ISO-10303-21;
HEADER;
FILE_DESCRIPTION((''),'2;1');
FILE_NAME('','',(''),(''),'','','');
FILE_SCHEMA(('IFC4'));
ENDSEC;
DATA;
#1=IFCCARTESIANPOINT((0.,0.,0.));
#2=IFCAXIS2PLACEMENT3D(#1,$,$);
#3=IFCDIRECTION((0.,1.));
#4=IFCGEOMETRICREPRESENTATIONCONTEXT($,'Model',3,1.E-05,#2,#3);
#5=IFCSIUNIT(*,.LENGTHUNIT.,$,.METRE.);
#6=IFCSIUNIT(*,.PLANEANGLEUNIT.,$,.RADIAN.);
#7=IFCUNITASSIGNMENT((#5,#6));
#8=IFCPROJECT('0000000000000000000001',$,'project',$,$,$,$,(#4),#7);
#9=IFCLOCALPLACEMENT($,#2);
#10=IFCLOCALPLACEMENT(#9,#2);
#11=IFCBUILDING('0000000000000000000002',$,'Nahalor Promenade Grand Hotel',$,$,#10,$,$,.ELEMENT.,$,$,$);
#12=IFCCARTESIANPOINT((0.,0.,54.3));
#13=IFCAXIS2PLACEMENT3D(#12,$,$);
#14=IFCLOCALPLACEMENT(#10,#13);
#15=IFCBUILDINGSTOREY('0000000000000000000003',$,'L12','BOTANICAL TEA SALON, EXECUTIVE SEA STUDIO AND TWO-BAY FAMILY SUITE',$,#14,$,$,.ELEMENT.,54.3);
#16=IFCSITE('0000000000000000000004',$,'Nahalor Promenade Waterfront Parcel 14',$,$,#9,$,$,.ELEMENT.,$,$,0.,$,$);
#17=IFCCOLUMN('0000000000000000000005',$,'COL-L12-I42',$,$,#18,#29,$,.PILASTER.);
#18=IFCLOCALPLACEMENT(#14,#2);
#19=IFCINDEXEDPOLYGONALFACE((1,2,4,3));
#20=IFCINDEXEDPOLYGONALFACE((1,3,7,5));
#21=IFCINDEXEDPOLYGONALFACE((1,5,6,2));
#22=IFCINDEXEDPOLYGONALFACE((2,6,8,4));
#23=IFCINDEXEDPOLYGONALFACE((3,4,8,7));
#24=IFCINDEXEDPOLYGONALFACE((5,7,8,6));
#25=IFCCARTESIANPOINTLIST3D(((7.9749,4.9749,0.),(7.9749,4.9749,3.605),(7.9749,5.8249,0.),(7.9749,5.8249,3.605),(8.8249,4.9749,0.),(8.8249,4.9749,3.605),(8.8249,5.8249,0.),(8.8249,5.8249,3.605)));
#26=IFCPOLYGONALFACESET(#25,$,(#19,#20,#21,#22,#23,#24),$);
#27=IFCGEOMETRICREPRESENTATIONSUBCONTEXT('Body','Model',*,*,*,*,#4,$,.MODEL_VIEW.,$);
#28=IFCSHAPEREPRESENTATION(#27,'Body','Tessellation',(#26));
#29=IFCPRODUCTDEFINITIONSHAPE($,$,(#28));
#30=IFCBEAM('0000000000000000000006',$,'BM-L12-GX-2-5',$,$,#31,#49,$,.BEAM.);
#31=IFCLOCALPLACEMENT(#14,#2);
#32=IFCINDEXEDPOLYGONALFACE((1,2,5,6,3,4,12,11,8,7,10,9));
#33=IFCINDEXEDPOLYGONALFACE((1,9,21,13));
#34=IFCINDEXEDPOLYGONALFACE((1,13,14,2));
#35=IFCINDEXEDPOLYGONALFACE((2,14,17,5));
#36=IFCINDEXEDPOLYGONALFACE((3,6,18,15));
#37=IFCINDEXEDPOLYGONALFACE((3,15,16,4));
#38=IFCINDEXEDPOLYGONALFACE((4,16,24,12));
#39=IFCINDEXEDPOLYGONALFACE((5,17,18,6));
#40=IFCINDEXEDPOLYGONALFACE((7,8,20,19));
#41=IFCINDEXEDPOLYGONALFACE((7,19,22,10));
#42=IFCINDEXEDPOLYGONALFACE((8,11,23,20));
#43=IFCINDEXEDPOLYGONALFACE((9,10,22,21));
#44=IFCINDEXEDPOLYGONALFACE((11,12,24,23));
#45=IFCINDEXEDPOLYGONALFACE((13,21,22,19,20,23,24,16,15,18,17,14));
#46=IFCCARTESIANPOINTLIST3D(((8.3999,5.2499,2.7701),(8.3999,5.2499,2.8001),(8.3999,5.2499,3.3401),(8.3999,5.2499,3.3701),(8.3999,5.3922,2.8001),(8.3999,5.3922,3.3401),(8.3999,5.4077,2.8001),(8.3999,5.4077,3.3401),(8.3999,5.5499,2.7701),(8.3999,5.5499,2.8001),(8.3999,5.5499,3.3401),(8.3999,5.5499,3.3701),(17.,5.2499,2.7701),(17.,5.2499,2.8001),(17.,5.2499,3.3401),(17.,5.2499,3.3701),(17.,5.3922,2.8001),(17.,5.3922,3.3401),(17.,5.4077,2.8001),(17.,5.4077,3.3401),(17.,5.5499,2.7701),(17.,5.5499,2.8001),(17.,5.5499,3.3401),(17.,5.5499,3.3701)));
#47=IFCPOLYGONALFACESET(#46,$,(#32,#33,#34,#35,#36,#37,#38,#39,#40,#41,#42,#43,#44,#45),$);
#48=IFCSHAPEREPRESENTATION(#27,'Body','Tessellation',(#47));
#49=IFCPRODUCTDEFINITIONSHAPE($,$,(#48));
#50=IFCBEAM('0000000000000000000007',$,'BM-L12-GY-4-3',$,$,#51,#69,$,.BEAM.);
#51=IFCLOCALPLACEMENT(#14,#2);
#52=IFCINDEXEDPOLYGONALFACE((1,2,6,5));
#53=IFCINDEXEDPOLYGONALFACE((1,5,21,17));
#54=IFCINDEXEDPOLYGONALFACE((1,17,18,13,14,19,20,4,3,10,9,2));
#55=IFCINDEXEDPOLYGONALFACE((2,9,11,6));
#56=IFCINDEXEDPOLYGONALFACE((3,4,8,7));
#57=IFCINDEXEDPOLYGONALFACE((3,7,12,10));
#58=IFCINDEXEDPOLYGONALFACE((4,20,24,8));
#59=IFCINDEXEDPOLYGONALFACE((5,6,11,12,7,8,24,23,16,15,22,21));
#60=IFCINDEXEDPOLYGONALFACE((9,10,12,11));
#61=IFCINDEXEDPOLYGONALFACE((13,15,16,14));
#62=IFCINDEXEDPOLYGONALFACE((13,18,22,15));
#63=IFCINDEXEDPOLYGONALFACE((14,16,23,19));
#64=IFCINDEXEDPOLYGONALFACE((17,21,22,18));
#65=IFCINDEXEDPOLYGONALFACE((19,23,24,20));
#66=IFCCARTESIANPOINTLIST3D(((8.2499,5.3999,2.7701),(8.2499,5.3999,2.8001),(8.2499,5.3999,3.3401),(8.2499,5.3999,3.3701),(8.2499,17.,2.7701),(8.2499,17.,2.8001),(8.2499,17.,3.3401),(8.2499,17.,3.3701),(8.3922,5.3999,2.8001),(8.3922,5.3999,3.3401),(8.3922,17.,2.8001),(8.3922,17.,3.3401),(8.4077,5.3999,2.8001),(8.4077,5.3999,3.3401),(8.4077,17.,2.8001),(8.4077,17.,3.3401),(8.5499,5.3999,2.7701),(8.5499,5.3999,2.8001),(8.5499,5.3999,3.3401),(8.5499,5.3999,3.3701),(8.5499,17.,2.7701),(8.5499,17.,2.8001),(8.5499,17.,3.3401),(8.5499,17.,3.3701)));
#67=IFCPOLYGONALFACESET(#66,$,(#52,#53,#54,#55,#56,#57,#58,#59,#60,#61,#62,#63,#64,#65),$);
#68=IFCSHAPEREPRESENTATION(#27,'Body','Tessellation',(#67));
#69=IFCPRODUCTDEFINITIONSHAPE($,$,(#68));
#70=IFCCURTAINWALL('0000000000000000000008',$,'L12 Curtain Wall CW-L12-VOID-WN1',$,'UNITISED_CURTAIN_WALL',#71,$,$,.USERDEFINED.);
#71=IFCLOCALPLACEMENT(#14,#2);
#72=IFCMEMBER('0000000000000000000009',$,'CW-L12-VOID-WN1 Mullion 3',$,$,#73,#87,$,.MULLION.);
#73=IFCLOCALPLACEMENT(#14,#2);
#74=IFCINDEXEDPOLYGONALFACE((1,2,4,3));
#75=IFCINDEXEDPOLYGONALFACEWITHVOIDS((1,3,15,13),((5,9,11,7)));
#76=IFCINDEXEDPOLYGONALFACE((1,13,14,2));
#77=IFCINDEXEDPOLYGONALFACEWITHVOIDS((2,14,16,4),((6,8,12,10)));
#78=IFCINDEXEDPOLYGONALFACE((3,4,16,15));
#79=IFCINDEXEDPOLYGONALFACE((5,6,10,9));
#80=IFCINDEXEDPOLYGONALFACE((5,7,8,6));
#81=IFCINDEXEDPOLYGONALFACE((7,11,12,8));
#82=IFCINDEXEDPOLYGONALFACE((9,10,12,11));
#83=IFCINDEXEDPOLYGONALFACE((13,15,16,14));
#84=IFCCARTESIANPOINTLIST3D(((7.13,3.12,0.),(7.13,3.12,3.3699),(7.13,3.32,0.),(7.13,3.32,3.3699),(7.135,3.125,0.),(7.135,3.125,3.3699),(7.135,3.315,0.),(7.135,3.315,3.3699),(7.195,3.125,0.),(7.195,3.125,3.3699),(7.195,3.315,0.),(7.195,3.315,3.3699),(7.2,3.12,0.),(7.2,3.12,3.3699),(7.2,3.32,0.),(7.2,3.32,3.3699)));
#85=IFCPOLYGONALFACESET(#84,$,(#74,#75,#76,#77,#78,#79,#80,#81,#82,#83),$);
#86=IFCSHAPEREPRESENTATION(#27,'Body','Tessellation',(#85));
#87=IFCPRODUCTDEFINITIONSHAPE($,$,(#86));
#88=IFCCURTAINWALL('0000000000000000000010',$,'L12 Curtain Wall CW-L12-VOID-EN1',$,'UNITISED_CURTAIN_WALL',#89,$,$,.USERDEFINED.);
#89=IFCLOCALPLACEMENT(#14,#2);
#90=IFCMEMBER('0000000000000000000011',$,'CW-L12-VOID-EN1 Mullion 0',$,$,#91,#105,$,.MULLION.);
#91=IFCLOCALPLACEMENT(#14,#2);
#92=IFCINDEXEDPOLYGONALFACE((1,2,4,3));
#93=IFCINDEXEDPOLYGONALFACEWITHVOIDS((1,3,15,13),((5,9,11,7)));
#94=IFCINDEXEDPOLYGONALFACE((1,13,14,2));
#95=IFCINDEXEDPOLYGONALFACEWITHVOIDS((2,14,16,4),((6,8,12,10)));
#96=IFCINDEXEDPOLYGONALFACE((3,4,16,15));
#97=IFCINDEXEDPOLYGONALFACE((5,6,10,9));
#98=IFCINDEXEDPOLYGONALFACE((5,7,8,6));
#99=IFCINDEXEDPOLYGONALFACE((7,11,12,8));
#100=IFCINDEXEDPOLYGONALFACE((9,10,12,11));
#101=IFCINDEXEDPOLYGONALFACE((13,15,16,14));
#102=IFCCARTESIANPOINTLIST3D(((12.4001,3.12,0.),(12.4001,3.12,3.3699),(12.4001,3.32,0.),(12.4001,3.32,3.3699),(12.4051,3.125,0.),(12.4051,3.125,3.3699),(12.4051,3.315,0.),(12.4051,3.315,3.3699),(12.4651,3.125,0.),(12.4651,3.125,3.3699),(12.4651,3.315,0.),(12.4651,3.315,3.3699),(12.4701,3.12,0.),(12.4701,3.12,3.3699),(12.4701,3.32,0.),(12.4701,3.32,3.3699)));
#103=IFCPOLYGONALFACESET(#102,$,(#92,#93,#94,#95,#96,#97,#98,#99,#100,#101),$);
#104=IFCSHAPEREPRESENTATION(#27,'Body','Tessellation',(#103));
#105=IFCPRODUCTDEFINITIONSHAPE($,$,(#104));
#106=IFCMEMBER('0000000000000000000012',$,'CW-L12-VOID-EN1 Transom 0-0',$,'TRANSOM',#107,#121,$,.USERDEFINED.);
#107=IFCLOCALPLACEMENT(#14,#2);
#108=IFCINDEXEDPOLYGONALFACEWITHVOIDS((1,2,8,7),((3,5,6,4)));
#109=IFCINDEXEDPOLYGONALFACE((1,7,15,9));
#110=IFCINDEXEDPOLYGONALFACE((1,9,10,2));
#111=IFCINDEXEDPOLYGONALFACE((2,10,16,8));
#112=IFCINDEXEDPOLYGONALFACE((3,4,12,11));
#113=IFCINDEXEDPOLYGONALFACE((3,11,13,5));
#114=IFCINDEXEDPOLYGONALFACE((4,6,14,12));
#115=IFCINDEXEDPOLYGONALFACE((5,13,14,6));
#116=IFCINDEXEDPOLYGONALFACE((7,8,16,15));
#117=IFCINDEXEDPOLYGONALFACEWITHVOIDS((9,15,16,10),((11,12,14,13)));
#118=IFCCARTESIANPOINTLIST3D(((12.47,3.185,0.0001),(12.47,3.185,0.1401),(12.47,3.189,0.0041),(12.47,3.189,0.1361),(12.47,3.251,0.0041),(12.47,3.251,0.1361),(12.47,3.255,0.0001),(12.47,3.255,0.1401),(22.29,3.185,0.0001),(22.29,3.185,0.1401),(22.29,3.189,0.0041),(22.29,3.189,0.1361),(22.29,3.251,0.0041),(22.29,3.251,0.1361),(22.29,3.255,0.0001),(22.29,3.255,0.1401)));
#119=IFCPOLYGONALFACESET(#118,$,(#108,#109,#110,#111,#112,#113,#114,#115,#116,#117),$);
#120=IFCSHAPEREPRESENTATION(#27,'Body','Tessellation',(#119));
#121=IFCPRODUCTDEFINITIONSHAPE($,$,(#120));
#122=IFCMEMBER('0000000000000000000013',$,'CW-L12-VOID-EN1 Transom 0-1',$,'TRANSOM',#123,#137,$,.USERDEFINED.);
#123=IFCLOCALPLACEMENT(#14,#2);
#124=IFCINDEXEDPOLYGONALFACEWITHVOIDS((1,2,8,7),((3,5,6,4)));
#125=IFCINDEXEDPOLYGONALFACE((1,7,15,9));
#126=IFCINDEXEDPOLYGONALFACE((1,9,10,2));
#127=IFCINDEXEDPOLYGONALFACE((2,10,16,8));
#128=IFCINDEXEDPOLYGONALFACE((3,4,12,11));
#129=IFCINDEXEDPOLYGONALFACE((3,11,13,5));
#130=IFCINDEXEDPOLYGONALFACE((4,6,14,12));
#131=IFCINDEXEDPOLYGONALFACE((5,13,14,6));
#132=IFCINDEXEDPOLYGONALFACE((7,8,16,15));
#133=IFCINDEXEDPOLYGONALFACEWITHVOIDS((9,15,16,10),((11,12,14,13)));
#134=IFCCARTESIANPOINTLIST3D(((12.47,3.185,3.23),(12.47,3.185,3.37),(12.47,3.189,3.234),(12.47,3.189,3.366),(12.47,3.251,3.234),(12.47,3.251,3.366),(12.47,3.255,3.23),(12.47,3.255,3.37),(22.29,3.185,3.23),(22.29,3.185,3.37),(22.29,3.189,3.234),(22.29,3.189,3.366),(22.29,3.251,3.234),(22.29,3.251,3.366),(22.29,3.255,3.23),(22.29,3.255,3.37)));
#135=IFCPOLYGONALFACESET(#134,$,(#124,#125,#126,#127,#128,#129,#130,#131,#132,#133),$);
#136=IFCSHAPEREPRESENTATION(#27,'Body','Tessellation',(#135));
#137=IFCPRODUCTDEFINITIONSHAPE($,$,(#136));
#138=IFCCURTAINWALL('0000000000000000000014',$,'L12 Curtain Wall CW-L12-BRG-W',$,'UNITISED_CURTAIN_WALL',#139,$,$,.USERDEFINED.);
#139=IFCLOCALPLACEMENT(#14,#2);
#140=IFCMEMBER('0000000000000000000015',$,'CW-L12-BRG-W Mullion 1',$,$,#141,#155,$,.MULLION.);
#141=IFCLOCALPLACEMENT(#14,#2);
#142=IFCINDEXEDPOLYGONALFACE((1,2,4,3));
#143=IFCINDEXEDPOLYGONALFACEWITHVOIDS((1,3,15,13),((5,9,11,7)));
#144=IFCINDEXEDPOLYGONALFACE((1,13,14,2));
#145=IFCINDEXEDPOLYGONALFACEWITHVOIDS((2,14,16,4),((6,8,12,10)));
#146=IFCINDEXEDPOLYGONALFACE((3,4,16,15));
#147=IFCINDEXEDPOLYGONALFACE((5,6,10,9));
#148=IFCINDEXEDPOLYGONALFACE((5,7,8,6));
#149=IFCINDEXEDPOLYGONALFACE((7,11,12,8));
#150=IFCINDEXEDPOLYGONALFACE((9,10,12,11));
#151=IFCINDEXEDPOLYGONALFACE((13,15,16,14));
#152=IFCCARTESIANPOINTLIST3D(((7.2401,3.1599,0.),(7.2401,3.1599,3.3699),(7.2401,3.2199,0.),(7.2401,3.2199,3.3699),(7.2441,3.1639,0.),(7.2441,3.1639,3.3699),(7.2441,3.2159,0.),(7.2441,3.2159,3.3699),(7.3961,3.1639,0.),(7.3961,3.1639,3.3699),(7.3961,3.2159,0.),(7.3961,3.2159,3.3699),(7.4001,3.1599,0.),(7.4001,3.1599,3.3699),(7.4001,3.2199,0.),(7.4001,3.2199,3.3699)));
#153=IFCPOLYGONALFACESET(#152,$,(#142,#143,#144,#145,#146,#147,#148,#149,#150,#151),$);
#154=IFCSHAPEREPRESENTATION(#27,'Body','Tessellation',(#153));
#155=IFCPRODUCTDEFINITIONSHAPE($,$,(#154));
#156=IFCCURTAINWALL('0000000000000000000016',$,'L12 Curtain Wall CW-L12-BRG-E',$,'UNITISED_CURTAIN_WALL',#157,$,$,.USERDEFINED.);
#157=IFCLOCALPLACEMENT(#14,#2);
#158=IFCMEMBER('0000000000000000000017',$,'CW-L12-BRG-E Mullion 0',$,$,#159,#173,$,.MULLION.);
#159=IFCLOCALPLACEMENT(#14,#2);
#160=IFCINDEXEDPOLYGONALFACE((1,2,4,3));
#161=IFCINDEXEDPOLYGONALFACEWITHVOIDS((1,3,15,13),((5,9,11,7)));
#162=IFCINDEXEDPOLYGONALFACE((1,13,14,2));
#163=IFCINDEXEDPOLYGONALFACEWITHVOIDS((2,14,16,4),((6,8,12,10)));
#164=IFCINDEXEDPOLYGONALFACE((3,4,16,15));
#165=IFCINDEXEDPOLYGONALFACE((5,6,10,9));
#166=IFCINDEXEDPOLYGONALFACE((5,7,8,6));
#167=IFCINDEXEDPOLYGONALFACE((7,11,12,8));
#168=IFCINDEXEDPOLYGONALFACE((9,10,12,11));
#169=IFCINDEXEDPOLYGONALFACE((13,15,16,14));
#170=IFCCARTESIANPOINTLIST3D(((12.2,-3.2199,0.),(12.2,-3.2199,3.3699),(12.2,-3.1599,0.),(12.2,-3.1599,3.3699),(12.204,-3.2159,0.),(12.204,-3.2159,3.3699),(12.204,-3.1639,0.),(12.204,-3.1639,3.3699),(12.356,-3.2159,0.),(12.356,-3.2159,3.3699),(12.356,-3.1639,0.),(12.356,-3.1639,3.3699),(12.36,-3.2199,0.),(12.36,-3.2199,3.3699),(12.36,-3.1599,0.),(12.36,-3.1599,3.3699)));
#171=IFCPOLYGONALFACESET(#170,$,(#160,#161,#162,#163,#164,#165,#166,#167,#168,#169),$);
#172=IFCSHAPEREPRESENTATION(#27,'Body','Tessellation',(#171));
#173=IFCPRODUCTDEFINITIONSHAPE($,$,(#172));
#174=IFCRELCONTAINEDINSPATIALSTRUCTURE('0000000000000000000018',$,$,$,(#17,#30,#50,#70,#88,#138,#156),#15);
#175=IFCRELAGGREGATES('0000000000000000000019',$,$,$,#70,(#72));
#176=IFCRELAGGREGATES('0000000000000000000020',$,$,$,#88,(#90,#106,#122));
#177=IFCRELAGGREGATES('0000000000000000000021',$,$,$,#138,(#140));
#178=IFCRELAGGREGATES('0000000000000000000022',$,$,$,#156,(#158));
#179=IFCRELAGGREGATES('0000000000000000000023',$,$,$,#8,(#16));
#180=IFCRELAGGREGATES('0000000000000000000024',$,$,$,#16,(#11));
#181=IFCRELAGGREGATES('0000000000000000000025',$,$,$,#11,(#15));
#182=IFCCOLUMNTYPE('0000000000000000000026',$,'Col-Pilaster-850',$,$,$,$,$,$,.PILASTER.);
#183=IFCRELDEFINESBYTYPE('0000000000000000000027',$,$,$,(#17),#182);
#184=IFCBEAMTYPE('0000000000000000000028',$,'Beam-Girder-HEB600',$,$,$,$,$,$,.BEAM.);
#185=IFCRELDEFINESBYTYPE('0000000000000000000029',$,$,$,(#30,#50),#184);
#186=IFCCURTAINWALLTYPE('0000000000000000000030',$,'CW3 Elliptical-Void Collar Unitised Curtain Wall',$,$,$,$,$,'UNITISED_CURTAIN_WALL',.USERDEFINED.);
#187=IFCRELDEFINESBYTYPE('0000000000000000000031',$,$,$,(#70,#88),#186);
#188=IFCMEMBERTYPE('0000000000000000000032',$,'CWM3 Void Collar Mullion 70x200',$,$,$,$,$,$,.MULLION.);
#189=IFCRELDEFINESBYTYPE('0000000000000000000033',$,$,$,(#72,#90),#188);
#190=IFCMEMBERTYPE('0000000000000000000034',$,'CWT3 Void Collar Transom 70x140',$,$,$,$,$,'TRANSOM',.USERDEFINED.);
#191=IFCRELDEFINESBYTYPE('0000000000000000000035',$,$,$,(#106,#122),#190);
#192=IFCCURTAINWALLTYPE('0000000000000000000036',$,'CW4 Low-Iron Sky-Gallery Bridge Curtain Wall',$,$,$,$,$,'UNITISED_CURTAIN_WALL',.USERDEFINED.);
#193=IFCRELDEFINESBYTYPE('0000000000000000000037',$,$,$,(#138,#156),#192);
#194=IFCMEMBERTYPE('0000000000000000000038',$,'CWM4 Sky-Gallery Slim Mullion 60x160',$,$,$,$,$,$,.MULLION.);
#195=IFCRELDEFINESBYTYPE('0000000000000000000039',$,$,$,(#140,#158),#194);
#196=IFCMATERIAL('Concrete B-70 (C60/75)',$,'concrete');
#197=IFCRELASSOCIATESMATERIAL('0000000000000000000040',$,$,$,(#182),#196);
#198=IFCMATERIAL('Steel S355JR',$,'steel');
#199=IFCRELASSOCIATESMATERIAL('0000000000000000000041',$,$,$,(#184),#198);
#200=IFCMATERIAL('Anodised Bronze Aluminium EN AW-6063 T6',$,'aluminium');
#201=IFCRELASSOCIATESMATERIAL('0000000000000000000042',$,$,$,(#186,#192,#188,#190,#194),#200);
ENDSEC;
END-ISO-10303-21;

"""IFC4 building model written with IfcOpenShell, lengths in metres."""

from ifc_helpers import new_model, si_unit, direction, frame, origin, origin_2d, place, context, subcontext, project, spatial, rectangle, hollow_rectangle, i_section, extrude, source, transform, mapped, material, material_profile, profile_set, type_object, element, aggregate, save


model = new_model("IFC4")

# Units and contexts
model_context = context("Model", 3, precision=1e-05, world=origin(), true_north=direction((0.0, 1.0)))
body_context = subcontext(model_context, "Body", "Model", "MODEL_VIEW")
ifc_project = project(units=[si_unit("LENGTHUNIT", "METRE"), si_unit("PLANEANGLEUNIT", "RADIAN")], contexts=[model_context])

# Site, building, storey
site_placement = place(None, origin())
site = spatial("IfcSite", under=ifc_project, at=site_placement, Name="Nahalor Promenade Waterfront Parcel 14", CompositionType="ELEMENT", RefElevation=0.0)
building_placement = place(site_placement, origin())
building = spatial("IfcBuilding", under=site, at=building_placement, Name="Nahalor Promenade Grand Hotel", CompositionType="ELEMENT")
storey_placement = place(building_placement, frame((0.0, 0.0, 54.3)))
storey = spatial("IfcBuildingStorey", under=building, at=storey_placement, Name="L12", Description="BOTANICAL TEA SALON, EXECUTIVE SEA STUDIO AND TWO-BAY FAMILY SUITE", CompositionType="ELEMENT", Elevation=54.3)

# Column
ifc_material_1 = material(Name="Concrete B-70 (C60/75)", Category="concrete")
ifc_material_profile_1 = material_profile(ifc_material_1, rectangle(XDim=0.85, YDim=0.85, at=origin_2d()), Name="RC 850x850")
ifc_profile_set_1 = profile_set([ifc_material_profile_1], Name="Concrete B-70 (C60/75)")
column_type = type_object("IfcColumnType", Name="Col-Pilaster-850", PredefinedType="PILASTER", material=ifc_profile_set_1)
shared_shape_1 = source(origin(), body_context, "Body", "SweptSolid", [
    extrude(rectangle(XDim=0.85, YDim=0.85, at=origin_2d()), origin(), (0.0, 0.0, 1.0), 3.605),
])
column_placement = place(storey_placement, frame((8.3999, 5.3999, 0.0), z_axis=(0.0, 0.0, 1.0), x_axis=(1.0, 0.0, 0.0)))
element("IfcColumn", 1, at=column_placement, inside=storey, type_object=column_type, Name="COL-L12-I42", PredefinedType="PILASTER", context=body_context, shape_type="MappedRepresentation", body=[
    mapped(shared_shape_1, transform((0.0, 0.0, 0.0), scale=1.0)),
])

# Beams
ifc_material_2 = material(Name="Steel S355JR", Category="steel")
ifc_material_profile_2 = material_profile(ifc_material_2, i_section(OverallWidth=0.3, OverallDepth=0.6, WebThickness=0.0155, FlangeThickness=0.03, at=origin_2d()), Name="HEB 600")
ifc_profile_set_2 = profile_set([ifc_material_profile_2], Name="Steel S355JR")
beam_type = type_object("IfcBeamType", Name="Beam-Girder-HEB600", PredefinedType="BEAM", material=ifc_profile_set_2)
shared_shape_2 = source(origin(), body_context, "Body", "SweptSolid", [
    extrude(i_section(OverallWidth=0.3, OverallDepth=0.6, WebThickness=0.0155, FlangeThickness=0.03, at=origin_2d()), origin(), (0.0, 0.0, 1.0), 8.6001),
])
beam_1_placement = place(storey_placement, frame((8.3999, 5.3999, 3.0701), z_axis=(1.0, 0.0, 0.0), x_axis=(0.0, 1.0, 0.0)))
element("IfcBeam", 2, at=beam_1_placement, inside=storey, type_object=beam_type, Name="BM-L12-GX-2-5", PredefinedType="BEAM", context=body_context, shape_type="MappedRepresentation", body=[
    mapped(shared_shape_2, transform((0.0, 0.0, 0.0), scale=1.0)),
])
shared_shape_3 = source(origin(), body_context, "Body", "SweptSolid", [
    extrude(i_section(OverallWidth=0.3, OverallDepth=0.6, WebThickness=0.0155, FlangeThickness=0.03, at=origin_2d()), origin(), (0.0, 0.0, 1.0), 11.6001),
])
beam_2_placement = place(storey_placement, frame((8.3999, 5.3999, 3.0701), z_axis=(0.0, 1.0, 0.0), x_axis=(-1.0, 0.0, 0.0)))
element("IfcBeam", 3, at=beam_2_placement, inside=storey, type_object=beam_type, Name="BM-L12-GY-4-3", PredefinedType="BEAM", context=body_context, shape_type="MappedRepresentation", body=[
    mapped(shared_shape_3, transform((0.0, 0.0, 0.0), scale=1.0)),
])

# Curtain wall, member
ifc_material_3 = material(Name="Anodised Bronze Aluminium EN AW-6063 T6", Category="aluminium")
curtain_wall_type_1 = type_object("IfcCurtainWallType", Name="CW3 Elliptical-Void Collar Unitised Curtain Wall", ElementType="UNITISED_CURTAIN_WALL", PredefinedType="USERDEFINED", material=ifc_material_3)
curtain_wall_1_placement = place(storey_placement, origin())
curtain_wall_1 = element("IfcCurtainWall", 4, at=curtain_wall_1_placement, inside=storey, type_object=curtain_wall_type_1, Name="L12 Curtain Wall CW-L12-VOID-WN1", ObjectType="UNITISED_CURTAIN_WALL", PredefinedType="USERDEFINED")
ifc_material_profile_3 = material_profile(ifc_material_3, hollow_rectangle(XDim=0.07, YDim=0.2, WallThickness=0.005, at=origin_2d()), Name="CWM 70x200x5")
ifc_profile_set_3 = profile_set([ifc_material_profile_3], Name="Anodised Bronze Aluminium EN AW-6063 T6")
member_type_1 = type_object("IfcMemberType", Name="CWM3 Void Collar Mullion 70x200", PredefinedType="MULLION", material=ifc_profile_set_3)
shared_shape_4 = source(origin(), body_context, "Body", "SweptSolid", [
    extrude(hollow_rectangle(XDim=0.07, YDim=0.2, WallThickness=0.005, at=origin_2d()), origin(), (0.0, 0.0, 1.0), 3.3699),
])
member_1_placement = place(storey_placement, frame((7.165, 3.22, 0.0), z_axis=(0.0, 0.0, 1.0), x_axis=(1.0, 0.0, 0.0)))
member_1 = element("IfcMember", 5, at=member_1_placement, type_object=member_type_1, Name="CW-L12-VOID-WN1 Mullion 3", PredefinedType="MULLION", context=body_context, shape_type="MappedRepresentation", body=[
    mapped(shared_shape_4, transform((0.0, 0.0, 0.0), scale=1.0)),
])
aggregate(curtain_wall_1, [member_1])

# Curtain wall, members
curtain_wall_2_placement = place(storey_placement, origin())
curtain_wall_2 = element("IfcCurtainWall", 6, at=curtain_wall_2_placement, inside=storey, type_object=curtain_wall_type_1, Name="L12 Curtain Wall CW-L12-VOID-EN1", ObjectType="UNITISED_CURTAIN_WALL", PredefinedType="USERDEFINED")
member_2_placement = place(storey_placement, frame((12.4351, 3.22, 0.0), z_axis=(0.0, 0.0, 1.0), x_axis=(1.0, 0.0, 0.0)))
member_2 = element("IfcMember", 7, at=member_2_placement, type_object=member_type_1, Name="CW-L12-VOID-EN1 Mullion 0", PredefinedType="MULLION", context=body_context, shape_type="MappedRepresentation", body=[
    mapped(shared_shape_4, transform((0.0, 0.0, 0.0), scale=1.0)),
])
ifc_material_profile_4 = material_profile(ifc_material_3, hollow_rectangle(XDim=0.07, YDim=0.14, WallThickness=0.004, at=origin_2d()), Name="CWT 70x140x4")
ifc_profile_set_4 = profile_set([ifc_material_profile_4], Name="Anodised Bronze Aluminium EN AW-6063 T6")
member_type_2 = type_object("IfcMemberType", Name="CWT3 Void Collar Transom 70x140", ElementType="TRANSOM", PredefinedType="USERDEFINED", material=ifc_profile_set_4)
shared_shape_5 = source(origin(), body_context, "Body", "SweptSolid", [
    extrude(hollow_rectangle(XDim=0.07, YDim=0.14, WallThickness=0.004, at=origin_2d()), origin(), (0.0, 0.0, 1.0), 9.8201),
])
member_3_placement = place(storey_placement, frame((12.47, 3.22, 0.0701), z_axis=(1.0, 0.0, 0.0), x_axis=(0.0, 1.0, 0.0)))
member_3 = element("IfcMember", 8, at=member_3_placement, type_object=member_type_2, Name="CW-L12-VOID-EN1 Transom 0-0", ObjectType="TRANSOM", PredefinedType="USERDEFINED", context=body_context, shape_type="MappedRepresentation", body=[
    mapped(shared_shape_5, transform((0.0, 0.0, 0.0), scale=1.0)),
])
member_4_placement = place(storey_placement, frame((12.47, 3.22, 3.3), z_axis=(1.0, 0.0, 0.0), x_axis=(0.0, 1.0, 0.0)))
member_4 = element("IfcMember", 9, at=member_4_placement, type_object=member_type_2, Name="CW-L12-VOID-EN1 Transom 0-1", ObjectType="TRANSOM", PredefinedType="USERDEFINED", context=body_context, shape_type="MappedRepresentation", body=[
    mapped(shared_shape_5, transform((0.0, 0.0, 0.0), scale=1.0)),
])
aggregate(curtain_wall_2, [member_2, member_3, member_4])

# Curtain wall, member
curtain_wall_type_2 = type_object("IfcCurtainWallType", Name="CW4 Low-Iron Sky-Gallery Bridge Curtain Wall", ElementType="UNITISED_CURTAIN_WALL", PredefinedType="USERDEFINED", material=ifc_material_3)
curtain_wall_3_placement = place(storey_placement, origin())
curtain_wall_3 = element("IfcCurtainWall", 10, at=curtain_wall_3_placement, inside=storey, type_object=curtain_wall_type_2, Name="L12 Curtain Wall CW-L12-BRG-W", ObjectType="UNITISED_CURTAIN_WALL", PredefinedType="USERDEFINED")
ifc_material_profile_5 = material_profile(ifc_material_3, hollow_rectangle(XDim=0.06, YDim=0.16, WallThickness=0.004, at=origin_2d()), Name="CWM 60x160x4")
ifc_profile_set_5 = profile_set([ifc_material_profile_5], Name="Anodised Bronze Aluminium EN AW-6063 T6")
member_type_3 = type_object("IfcMemberType", Name="CWM4 Sky-Gallery Slim Mullion 60x160", PredefinedType="MULLION", material=ifc_profile_set_5)
shared_shape_6 = source(origin(), body_context, "Body", "SweptSolid", [
    extrude(hollow_rectangle(XDim=0.06, YDim=0.16, WallThickness=0.004, at=origin_2d()), origin(), (0.0, 0.0, 1.0), 3.3699),
])
member_5_placement = place(storey_placement, frame((7.3201, 3.1899, 0.0), z_axis=(0.0, 0.0, 1.0), x_axis=(0.0, 1.0, 0.0)))
member_5 = element("IfcMember", 11, at=member_5_placement, type_object=member_type_3, Name="CW-L12-BRG-W Mullion 1", PredefinedType="MULLION", context=body_context, shape_type="MappedRepresentation", body=[
    mapped(shared_shape_6, transform((0.0, 0.0, 0.0), scale=1.0)),
])

# Curtain wall, member
curtain_wall_4_placement = place(storey_placement, origin())
curtain_wall_4 = element("IfcCurtainWall", 12, at=curtain_wall_4_placement, inside=storey, type_object=curtain_wall_type_2, Name="L12 Curtain Wall CW-L12-BRG-E", ObjectType="UNITISED_CURTAIN_WALL", PredefinedType="USERDEFINED")
member_6_placement = place(storey_placement, frame((12.28, -3.1899, 0.0), z_axis=(0.0, 0.0, 1.0), x_axis=(0.0, 1.0, 0.0)))
member_6 = element("IfcMember", 13, at=member_6_placement, type_object=member_type_3, Name="CW-L12-BRG-E Mullion 0", PredefinedType="MULLION", context=body_context, shape_type="MappedRepresentation", body=[
    mapped(shared_shape_6, transform((0.0, 0.0, 0.0), scale=1.0)),
])

aggregate(curtain_wall_3, [member_5])
aggregate(curtain_wall_4, [member_6])

save(model, "model.ifc")
